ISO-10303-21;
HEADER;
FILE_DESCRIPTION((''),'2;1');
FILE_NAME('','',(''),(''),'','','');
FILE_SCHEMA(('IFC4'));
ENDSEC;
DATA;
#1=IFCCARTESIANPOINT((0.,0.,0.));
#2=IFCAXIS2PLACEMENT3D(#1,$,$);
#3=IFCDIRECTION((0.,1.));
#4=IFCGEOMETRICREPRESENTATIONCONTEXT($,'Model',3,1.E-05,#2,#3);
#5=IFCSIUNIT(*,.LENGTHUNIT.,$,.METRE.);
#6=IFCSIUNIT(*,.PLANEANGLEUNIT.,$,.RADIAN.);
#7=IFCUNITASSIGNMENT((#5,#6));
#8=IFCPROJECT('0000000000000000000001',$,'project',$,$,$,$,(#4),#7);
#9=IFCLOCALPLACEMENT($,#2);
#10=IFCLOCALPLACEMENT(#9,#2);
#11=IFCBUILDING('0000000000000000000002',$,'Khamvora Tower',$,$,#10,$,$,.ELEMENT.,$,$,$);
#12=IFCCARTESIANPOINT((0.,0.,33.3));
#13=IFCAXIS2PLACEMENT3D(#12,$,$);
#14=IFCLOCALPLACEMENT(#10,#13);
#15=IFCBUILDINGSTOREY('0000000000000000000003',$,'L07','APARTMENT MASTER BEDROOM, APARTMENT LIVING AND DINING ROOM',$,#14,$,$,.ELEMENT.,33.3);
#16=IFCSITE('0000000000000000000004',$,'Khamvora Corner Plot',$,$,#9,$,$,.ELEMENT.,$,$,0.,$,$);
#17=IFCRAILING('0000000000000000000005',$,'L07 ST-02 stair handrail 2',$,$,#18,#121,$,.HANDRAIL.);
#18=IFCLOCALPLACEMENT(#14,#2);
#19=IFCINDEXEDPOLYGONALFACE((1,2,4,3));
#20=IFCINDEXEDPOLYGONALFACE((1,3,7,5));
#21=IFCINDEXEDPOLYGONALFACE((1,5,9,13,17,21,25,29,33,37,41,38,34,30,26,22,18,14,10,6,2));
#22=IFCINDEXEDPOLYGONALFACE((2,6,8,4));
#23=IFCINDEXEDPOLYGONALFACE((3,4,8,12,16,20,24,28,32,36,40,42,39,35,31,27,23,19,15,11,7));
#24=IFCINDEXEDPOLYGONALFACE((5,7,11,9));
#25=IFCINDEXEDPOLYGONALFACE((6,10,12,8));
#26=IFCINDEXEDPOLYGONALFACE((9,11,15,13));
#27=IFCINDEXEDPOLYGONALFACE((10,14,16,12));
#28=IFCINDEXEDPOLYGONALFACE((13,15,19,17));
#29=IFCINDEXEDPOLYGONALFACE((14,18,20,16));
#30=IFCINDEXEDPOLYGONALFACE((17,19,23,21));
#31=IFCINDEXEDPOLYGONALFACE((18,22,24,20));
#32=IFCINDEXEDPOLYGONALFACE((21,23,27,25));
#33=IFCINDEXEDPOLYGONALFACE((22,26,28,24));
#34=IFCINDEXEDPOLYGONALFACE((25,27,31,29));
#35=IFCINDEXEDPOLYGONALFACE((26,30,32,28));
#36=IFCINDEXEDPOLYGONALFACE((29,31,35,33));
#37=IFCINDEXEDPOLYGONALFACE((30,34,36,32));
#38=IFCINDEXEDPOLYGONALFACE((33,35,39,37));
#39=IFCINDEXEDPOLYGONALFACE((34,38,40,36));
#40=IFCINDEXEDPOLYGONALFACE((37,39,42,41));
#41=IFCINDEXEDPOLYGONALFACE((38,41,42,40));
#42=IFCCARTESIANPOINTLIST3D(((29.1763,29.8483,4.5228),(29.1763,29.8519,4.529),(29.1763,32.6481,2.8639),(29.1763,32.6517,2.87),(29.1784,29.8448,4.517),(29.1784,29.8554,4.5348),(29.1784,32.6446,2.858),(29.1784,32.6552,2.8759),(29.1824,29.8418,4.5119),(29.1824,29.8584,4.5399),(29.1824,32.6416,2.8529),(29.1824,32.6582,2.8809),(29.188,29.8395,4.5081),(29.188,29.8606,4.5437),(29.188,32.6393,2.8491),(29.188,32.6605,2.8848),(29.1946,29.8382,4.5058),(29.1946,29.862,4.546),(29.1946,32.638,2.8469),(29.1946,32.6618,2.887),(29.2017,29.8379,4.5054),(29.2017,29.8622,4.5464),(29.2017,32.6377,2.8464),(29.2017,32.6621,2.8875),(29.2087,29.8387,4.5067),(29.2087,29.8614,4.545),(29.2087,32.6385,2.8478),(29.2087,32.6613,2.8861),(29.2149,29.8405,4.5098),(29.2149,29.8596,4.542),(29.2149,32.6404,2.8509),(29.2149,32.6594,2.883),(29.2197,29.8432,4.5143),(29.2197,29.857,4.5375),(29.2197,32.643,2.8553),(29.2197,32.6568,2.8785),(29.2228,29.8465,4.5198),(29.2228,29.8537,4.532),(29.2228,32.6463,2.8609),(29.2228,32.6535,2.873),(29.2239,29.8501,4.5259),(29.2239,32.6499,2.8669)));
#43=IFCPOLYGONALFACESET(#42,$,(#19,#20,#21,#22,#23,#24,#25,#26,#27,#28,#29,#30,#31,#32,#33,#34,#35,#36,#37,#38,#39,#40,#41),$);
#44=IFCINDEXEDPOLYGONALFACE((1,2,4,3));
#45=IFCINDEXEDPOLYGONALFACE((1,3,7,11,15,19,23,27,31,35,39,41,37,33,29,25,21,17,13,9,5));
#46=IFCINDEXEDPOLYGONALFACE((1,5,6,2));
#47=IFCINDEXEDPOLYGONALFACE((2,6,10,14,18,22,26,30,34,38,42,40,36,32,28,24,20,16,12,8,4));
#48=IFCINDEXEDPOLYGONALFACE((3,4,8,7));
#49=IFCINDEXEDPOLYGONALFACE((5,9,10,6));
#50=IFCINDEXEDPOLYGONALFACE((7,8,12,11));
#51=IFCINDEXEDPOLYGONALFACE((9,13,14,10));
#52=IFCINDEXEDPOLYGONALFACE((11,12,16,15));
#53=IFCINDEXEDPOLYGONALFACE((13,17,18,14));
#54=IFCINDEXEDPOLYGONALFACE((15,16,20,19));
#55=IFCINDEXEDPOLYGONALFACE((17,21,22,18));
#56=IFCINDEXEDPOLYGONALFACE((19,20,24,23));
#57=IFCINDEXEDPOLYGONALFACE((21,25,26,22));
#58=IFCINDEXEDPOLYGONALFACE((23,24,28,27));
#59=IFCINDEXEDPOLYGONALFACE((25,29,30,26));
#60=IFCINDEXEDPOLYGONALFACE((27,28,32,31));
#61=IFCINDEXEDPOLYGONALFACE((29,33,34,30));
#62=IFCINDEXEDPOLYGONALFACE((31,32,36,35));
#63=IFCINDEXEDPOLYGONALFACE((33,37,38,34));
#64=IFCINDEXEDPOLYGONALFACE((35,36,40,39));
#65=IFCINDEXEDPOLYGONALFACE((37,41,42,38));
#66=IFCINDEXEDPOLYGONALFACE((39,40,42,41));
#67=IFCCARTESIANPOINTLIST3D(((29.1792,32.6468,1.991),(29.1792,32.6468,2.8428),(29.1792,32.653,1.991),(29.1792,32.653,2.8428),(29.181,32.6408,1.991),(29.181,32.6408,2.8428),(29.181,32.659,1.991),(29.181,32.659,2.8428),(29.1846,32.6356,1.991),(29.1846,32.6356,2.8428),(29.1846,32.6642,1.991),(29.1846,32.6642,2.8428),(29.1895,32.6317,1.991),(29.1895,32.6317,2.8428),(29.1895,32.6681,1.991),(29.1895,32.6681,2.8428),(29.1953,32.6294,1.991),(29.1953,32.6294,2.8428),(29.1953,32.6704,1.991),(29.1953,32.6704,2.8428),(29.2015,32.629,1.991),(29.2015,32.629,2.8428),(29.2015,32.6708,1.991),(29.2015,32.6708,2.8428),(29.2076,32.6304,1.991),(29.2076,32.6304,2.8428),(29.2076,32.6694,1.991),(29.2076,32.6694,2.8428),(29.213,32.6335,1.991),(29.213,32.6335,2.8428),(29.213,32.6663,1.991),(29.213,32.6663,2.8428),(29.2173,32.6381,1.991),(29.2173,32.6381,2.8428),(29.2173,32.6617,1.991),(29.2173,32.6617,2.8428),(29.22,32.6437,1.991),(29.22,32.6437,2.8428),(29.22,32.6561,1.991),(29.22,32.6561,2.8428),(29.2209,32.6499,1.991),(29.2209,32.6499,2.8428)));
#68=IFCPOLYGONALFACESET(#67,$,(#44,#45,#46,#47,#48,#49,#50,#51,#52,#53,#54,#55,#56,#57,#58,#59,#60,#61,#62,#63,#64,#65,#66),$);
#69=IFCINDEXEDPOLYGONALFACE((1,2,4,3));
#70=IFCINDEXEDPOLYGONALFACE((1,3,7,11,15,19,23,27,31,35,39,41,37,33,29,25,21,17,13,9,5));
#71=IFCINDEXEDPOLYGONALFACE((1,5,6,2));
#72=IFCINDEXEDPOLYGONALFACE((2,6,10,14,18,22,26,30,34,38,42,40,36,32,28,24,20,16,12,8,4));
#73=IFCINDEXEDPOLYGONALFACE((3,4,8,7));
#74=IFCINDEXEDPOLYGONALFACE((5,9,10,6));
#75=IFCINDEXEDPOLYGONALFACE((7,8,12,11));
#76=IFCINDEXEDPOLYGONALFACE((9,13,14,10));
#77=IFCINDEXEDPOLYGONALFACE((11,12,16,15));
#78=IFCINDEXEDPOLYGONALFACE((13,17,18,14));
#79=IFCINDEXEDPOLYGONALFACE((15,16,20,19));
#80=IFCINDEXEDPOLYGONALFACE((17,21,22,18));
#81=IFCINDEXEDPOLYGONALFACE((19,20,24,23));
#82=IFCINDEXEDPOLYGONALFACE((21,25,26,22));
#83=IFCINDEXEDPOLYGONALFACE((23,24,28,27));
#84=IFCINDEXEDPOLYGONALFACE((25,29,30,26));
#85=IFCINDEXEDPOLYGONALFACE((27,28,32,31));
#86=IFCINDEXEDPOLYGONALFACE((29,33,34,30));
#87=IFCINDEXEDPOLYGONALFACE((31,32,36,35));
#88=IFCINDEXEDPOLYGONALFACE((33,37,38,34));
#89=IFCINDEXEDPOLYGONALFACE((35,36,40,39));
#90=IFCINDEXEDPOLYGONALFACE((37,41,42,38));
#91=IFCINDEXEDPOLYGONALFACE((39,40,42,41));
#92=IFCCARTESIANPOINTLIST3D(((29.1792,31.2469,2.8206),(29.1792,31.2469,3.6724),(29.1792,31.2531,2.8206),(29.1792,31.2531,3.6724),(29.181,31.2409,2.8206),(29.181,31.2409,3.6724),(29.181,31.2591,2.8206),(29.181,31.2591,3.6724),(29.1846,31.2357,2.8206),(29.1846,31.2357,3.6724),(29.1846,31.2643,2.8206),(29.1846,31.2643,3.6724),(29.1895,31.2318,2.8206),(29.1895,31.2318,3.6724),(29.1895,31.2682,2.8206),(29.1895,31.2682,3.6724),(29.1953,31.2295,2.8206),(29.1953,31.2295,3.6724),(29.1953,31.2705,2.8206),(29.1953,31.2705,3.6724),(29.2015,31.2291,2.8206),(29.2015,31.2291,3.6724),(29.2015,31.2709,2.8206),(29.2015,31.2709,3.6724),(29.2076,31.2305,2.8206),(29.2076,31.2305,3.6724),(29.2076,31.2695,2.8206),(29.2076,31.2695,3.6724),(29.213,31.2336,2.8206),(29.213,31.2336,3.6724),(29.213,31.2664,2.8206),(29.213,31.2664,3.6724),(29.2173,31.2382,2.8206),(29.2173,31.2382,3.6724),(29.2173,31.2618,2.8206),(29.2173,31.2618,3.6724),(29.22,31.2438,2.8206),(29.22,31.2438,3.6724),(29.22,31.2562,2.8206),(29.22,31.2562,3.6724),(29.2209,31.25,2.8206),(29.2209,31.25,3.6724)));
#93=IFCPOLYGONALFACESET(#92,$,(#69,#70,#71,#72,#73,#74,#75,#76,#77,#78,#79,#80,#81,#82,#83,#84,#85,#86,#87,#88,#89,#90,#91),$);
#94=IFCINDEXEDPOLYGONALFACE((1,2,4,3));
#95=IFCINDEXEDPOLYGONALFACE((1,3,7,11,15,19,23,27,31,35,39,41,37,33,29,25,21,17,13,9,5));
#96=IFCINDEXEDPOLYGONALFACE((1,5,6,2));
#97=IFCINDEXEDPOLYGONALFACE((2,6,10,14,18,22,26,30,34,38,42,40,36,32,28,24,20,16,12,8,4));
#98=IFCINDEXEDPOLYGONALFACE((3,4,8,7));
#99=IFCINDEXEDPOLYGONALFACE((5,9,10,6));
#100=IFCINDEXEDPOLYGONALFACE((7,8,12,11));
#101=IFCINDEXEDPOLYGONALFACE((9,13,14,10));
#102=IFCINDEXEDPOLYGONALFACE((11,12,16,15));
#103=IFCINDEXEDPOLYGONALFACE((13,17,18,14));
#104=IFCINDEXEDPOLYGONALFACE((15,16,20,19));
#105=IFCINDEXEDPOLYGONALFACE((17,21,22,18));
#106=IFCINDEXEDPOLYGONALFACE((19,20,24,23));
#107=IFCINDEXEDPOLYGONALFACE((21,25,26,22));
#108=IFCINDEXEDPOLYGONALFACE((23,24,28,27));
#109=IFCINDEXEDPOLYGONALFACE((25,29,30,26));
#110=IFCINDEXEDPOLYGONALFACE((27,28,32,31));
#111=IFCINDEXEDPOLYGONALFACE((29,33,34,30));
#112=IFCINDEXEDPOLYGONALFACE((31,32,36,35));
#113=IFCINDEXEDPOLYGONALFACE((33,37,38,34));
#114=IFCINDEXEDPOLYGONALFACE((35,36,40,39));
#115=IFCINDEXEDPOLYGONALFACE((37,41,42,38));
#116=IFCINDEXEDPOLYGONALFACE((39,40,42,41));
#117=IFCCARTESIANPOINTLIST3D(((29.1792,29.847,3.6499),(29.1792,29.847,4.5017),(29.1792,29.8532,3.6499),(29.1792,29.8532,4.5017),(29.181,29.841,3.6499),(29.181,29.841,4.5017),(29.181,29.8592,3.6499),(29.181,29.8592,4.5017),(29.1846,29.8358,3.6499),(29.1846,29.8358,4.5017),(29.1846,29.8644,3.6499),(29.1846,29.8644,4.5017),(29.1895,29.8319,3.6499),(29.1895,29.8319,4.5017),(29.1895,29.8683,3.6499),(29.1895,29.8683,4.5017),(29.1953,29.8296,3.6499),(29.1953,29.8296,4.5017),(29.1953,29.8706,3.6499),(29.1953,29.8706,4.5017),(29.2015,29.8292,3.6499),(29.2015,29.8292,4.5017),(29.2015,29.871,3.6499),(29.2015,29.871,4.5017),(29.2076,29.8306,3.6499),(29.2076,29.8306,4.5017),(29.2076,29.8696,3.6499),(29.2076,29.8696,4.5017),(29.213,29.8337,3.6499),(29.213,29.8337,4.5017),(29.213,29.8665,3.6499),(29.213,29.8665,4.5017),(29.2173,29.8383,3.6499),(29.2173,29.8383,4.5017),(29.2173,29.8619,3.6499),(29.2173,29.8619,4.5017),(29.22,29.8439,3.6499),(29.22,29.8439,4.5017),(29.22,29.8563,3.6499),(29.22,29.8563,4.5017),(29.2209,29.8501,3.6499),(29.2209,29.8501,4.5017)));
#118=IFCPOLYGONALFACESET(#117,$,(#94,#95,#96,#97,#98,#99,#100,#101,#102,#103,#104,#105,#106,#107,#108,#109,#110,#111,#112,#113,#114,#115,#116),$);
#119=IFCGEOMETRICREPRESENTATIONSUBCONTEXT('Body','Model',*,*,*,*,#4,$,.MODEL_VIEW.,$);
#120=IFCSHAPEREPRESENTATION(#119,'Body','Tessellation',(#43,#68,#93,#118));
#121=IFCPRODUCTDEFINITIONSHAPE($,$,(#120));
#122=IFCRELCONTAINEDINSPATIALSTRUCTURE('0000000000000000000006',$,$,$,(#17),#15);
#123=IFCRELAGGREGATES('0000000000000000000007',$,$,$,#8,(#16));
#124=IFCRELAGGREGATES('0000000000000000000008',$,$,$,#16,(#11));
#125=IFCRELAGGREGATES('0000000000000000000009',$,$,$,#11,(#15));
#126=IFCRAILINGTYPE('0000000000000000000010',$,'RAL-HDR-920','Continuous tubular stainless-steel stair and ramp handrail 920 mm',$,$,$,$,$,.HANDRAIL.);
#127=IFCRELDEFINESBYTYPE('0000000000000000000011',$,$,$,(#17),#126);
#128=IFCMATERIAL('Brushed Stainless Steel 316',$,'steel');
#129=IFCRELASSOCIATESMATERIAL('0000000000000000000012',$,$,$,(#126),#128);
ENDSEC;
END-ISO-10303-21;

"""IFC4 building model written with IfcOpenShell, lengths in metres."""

from ifc_helpers import new_model, si_unit, direction, frame, origin, origin_2d, place, context, subcontext, project, spatial, circle, extrude, material, type_object, element, save


model = new_model("IFC4")

# Units and contexts
model_context = context("Model", 3, precision=1e-05, world=origin(), true_north=direction((0.0, 1.0)))
body_context = subcontext(model_context, "Body", "Model", "MODEL_VIEW")
ifc_project = project(units=[si_unit("LENGTHUNIT", "METRE"), si_unit("PLANEANGLEUNIT", "RADIAN")], contexts=[model_context])

# Site, building, storey
site_placement = place(None, origin())
site = spatial("IfcSite", under=ifc_project, at=site_placement, Name="Khamvora Corner Plot", CompositionType="ELEMENT", RefElevation=0.0)
building_placement = place(site_placement, origin())
building = spatial("IfcBuilding", under=site, at=building_placement, Name="Khamvora Tower", CompositionType="ELEMENT")
storey_placement = place(building_placement, frame((0.0, 0.0, 33.3)))
storey = spatial("IfcBuildingStorey", under=building, at=storey_placement, Name="L07", Description="APARTMENT MASTER BEDROOM, APARTMENT LIVING AND DINING ROOM", CompositionType="ELEMENT", Elevation=33.3)

# Railing
ifc_material_1 = material(Name="Brushed Stainless Steel 316", Category="steel")
railing_type = type_object("IfcRailingType", Name="RAL-HDR-920", Description="Continuous tubular stainless-steel stair and ramp handrail 920 mm", PredefinedType="HANDRAIL", material=ifc_material_1)
railing_placement = place(storey_placement, frame((29.2, 32.6499, 1.991)))
element("IfcRailing", 1, at=railing_placement, inside=storey, type_object=railing_type, Name="L07 ST-02 stair handrail 2", PredefinedType="HANDRAIL", context=body_context, shape_type="SweptSolid", body=[
    extrude(circle(Radius=0.0239, at=origin_2d()), frame((0.0, 0.0, 0.876), z_axis=(0.0, -0.86032, 0.509755), x_axis=(1.0, 0.0, 0.0)), (0.0, 0.0, 1.0), 3.2544),
    extrude(circle(Radius=0.021, at=origin_2d()), origin(), (0.0, 0.0, 1.0), 0.8518),
    extrude(circle(Radius=0.021, at=origin_2d()), frame((0.0, -1.3999, 0.8296)), (0.0, 0.0, 1.0), 0.8518),
    extrude(circle(Radius=0.021, at=origin_2d()), frame((0.0, -2.7998, 1.6589)), (0.0, 0.0, 1.0), 0.8518),
])

save(model, "model.ifc")
